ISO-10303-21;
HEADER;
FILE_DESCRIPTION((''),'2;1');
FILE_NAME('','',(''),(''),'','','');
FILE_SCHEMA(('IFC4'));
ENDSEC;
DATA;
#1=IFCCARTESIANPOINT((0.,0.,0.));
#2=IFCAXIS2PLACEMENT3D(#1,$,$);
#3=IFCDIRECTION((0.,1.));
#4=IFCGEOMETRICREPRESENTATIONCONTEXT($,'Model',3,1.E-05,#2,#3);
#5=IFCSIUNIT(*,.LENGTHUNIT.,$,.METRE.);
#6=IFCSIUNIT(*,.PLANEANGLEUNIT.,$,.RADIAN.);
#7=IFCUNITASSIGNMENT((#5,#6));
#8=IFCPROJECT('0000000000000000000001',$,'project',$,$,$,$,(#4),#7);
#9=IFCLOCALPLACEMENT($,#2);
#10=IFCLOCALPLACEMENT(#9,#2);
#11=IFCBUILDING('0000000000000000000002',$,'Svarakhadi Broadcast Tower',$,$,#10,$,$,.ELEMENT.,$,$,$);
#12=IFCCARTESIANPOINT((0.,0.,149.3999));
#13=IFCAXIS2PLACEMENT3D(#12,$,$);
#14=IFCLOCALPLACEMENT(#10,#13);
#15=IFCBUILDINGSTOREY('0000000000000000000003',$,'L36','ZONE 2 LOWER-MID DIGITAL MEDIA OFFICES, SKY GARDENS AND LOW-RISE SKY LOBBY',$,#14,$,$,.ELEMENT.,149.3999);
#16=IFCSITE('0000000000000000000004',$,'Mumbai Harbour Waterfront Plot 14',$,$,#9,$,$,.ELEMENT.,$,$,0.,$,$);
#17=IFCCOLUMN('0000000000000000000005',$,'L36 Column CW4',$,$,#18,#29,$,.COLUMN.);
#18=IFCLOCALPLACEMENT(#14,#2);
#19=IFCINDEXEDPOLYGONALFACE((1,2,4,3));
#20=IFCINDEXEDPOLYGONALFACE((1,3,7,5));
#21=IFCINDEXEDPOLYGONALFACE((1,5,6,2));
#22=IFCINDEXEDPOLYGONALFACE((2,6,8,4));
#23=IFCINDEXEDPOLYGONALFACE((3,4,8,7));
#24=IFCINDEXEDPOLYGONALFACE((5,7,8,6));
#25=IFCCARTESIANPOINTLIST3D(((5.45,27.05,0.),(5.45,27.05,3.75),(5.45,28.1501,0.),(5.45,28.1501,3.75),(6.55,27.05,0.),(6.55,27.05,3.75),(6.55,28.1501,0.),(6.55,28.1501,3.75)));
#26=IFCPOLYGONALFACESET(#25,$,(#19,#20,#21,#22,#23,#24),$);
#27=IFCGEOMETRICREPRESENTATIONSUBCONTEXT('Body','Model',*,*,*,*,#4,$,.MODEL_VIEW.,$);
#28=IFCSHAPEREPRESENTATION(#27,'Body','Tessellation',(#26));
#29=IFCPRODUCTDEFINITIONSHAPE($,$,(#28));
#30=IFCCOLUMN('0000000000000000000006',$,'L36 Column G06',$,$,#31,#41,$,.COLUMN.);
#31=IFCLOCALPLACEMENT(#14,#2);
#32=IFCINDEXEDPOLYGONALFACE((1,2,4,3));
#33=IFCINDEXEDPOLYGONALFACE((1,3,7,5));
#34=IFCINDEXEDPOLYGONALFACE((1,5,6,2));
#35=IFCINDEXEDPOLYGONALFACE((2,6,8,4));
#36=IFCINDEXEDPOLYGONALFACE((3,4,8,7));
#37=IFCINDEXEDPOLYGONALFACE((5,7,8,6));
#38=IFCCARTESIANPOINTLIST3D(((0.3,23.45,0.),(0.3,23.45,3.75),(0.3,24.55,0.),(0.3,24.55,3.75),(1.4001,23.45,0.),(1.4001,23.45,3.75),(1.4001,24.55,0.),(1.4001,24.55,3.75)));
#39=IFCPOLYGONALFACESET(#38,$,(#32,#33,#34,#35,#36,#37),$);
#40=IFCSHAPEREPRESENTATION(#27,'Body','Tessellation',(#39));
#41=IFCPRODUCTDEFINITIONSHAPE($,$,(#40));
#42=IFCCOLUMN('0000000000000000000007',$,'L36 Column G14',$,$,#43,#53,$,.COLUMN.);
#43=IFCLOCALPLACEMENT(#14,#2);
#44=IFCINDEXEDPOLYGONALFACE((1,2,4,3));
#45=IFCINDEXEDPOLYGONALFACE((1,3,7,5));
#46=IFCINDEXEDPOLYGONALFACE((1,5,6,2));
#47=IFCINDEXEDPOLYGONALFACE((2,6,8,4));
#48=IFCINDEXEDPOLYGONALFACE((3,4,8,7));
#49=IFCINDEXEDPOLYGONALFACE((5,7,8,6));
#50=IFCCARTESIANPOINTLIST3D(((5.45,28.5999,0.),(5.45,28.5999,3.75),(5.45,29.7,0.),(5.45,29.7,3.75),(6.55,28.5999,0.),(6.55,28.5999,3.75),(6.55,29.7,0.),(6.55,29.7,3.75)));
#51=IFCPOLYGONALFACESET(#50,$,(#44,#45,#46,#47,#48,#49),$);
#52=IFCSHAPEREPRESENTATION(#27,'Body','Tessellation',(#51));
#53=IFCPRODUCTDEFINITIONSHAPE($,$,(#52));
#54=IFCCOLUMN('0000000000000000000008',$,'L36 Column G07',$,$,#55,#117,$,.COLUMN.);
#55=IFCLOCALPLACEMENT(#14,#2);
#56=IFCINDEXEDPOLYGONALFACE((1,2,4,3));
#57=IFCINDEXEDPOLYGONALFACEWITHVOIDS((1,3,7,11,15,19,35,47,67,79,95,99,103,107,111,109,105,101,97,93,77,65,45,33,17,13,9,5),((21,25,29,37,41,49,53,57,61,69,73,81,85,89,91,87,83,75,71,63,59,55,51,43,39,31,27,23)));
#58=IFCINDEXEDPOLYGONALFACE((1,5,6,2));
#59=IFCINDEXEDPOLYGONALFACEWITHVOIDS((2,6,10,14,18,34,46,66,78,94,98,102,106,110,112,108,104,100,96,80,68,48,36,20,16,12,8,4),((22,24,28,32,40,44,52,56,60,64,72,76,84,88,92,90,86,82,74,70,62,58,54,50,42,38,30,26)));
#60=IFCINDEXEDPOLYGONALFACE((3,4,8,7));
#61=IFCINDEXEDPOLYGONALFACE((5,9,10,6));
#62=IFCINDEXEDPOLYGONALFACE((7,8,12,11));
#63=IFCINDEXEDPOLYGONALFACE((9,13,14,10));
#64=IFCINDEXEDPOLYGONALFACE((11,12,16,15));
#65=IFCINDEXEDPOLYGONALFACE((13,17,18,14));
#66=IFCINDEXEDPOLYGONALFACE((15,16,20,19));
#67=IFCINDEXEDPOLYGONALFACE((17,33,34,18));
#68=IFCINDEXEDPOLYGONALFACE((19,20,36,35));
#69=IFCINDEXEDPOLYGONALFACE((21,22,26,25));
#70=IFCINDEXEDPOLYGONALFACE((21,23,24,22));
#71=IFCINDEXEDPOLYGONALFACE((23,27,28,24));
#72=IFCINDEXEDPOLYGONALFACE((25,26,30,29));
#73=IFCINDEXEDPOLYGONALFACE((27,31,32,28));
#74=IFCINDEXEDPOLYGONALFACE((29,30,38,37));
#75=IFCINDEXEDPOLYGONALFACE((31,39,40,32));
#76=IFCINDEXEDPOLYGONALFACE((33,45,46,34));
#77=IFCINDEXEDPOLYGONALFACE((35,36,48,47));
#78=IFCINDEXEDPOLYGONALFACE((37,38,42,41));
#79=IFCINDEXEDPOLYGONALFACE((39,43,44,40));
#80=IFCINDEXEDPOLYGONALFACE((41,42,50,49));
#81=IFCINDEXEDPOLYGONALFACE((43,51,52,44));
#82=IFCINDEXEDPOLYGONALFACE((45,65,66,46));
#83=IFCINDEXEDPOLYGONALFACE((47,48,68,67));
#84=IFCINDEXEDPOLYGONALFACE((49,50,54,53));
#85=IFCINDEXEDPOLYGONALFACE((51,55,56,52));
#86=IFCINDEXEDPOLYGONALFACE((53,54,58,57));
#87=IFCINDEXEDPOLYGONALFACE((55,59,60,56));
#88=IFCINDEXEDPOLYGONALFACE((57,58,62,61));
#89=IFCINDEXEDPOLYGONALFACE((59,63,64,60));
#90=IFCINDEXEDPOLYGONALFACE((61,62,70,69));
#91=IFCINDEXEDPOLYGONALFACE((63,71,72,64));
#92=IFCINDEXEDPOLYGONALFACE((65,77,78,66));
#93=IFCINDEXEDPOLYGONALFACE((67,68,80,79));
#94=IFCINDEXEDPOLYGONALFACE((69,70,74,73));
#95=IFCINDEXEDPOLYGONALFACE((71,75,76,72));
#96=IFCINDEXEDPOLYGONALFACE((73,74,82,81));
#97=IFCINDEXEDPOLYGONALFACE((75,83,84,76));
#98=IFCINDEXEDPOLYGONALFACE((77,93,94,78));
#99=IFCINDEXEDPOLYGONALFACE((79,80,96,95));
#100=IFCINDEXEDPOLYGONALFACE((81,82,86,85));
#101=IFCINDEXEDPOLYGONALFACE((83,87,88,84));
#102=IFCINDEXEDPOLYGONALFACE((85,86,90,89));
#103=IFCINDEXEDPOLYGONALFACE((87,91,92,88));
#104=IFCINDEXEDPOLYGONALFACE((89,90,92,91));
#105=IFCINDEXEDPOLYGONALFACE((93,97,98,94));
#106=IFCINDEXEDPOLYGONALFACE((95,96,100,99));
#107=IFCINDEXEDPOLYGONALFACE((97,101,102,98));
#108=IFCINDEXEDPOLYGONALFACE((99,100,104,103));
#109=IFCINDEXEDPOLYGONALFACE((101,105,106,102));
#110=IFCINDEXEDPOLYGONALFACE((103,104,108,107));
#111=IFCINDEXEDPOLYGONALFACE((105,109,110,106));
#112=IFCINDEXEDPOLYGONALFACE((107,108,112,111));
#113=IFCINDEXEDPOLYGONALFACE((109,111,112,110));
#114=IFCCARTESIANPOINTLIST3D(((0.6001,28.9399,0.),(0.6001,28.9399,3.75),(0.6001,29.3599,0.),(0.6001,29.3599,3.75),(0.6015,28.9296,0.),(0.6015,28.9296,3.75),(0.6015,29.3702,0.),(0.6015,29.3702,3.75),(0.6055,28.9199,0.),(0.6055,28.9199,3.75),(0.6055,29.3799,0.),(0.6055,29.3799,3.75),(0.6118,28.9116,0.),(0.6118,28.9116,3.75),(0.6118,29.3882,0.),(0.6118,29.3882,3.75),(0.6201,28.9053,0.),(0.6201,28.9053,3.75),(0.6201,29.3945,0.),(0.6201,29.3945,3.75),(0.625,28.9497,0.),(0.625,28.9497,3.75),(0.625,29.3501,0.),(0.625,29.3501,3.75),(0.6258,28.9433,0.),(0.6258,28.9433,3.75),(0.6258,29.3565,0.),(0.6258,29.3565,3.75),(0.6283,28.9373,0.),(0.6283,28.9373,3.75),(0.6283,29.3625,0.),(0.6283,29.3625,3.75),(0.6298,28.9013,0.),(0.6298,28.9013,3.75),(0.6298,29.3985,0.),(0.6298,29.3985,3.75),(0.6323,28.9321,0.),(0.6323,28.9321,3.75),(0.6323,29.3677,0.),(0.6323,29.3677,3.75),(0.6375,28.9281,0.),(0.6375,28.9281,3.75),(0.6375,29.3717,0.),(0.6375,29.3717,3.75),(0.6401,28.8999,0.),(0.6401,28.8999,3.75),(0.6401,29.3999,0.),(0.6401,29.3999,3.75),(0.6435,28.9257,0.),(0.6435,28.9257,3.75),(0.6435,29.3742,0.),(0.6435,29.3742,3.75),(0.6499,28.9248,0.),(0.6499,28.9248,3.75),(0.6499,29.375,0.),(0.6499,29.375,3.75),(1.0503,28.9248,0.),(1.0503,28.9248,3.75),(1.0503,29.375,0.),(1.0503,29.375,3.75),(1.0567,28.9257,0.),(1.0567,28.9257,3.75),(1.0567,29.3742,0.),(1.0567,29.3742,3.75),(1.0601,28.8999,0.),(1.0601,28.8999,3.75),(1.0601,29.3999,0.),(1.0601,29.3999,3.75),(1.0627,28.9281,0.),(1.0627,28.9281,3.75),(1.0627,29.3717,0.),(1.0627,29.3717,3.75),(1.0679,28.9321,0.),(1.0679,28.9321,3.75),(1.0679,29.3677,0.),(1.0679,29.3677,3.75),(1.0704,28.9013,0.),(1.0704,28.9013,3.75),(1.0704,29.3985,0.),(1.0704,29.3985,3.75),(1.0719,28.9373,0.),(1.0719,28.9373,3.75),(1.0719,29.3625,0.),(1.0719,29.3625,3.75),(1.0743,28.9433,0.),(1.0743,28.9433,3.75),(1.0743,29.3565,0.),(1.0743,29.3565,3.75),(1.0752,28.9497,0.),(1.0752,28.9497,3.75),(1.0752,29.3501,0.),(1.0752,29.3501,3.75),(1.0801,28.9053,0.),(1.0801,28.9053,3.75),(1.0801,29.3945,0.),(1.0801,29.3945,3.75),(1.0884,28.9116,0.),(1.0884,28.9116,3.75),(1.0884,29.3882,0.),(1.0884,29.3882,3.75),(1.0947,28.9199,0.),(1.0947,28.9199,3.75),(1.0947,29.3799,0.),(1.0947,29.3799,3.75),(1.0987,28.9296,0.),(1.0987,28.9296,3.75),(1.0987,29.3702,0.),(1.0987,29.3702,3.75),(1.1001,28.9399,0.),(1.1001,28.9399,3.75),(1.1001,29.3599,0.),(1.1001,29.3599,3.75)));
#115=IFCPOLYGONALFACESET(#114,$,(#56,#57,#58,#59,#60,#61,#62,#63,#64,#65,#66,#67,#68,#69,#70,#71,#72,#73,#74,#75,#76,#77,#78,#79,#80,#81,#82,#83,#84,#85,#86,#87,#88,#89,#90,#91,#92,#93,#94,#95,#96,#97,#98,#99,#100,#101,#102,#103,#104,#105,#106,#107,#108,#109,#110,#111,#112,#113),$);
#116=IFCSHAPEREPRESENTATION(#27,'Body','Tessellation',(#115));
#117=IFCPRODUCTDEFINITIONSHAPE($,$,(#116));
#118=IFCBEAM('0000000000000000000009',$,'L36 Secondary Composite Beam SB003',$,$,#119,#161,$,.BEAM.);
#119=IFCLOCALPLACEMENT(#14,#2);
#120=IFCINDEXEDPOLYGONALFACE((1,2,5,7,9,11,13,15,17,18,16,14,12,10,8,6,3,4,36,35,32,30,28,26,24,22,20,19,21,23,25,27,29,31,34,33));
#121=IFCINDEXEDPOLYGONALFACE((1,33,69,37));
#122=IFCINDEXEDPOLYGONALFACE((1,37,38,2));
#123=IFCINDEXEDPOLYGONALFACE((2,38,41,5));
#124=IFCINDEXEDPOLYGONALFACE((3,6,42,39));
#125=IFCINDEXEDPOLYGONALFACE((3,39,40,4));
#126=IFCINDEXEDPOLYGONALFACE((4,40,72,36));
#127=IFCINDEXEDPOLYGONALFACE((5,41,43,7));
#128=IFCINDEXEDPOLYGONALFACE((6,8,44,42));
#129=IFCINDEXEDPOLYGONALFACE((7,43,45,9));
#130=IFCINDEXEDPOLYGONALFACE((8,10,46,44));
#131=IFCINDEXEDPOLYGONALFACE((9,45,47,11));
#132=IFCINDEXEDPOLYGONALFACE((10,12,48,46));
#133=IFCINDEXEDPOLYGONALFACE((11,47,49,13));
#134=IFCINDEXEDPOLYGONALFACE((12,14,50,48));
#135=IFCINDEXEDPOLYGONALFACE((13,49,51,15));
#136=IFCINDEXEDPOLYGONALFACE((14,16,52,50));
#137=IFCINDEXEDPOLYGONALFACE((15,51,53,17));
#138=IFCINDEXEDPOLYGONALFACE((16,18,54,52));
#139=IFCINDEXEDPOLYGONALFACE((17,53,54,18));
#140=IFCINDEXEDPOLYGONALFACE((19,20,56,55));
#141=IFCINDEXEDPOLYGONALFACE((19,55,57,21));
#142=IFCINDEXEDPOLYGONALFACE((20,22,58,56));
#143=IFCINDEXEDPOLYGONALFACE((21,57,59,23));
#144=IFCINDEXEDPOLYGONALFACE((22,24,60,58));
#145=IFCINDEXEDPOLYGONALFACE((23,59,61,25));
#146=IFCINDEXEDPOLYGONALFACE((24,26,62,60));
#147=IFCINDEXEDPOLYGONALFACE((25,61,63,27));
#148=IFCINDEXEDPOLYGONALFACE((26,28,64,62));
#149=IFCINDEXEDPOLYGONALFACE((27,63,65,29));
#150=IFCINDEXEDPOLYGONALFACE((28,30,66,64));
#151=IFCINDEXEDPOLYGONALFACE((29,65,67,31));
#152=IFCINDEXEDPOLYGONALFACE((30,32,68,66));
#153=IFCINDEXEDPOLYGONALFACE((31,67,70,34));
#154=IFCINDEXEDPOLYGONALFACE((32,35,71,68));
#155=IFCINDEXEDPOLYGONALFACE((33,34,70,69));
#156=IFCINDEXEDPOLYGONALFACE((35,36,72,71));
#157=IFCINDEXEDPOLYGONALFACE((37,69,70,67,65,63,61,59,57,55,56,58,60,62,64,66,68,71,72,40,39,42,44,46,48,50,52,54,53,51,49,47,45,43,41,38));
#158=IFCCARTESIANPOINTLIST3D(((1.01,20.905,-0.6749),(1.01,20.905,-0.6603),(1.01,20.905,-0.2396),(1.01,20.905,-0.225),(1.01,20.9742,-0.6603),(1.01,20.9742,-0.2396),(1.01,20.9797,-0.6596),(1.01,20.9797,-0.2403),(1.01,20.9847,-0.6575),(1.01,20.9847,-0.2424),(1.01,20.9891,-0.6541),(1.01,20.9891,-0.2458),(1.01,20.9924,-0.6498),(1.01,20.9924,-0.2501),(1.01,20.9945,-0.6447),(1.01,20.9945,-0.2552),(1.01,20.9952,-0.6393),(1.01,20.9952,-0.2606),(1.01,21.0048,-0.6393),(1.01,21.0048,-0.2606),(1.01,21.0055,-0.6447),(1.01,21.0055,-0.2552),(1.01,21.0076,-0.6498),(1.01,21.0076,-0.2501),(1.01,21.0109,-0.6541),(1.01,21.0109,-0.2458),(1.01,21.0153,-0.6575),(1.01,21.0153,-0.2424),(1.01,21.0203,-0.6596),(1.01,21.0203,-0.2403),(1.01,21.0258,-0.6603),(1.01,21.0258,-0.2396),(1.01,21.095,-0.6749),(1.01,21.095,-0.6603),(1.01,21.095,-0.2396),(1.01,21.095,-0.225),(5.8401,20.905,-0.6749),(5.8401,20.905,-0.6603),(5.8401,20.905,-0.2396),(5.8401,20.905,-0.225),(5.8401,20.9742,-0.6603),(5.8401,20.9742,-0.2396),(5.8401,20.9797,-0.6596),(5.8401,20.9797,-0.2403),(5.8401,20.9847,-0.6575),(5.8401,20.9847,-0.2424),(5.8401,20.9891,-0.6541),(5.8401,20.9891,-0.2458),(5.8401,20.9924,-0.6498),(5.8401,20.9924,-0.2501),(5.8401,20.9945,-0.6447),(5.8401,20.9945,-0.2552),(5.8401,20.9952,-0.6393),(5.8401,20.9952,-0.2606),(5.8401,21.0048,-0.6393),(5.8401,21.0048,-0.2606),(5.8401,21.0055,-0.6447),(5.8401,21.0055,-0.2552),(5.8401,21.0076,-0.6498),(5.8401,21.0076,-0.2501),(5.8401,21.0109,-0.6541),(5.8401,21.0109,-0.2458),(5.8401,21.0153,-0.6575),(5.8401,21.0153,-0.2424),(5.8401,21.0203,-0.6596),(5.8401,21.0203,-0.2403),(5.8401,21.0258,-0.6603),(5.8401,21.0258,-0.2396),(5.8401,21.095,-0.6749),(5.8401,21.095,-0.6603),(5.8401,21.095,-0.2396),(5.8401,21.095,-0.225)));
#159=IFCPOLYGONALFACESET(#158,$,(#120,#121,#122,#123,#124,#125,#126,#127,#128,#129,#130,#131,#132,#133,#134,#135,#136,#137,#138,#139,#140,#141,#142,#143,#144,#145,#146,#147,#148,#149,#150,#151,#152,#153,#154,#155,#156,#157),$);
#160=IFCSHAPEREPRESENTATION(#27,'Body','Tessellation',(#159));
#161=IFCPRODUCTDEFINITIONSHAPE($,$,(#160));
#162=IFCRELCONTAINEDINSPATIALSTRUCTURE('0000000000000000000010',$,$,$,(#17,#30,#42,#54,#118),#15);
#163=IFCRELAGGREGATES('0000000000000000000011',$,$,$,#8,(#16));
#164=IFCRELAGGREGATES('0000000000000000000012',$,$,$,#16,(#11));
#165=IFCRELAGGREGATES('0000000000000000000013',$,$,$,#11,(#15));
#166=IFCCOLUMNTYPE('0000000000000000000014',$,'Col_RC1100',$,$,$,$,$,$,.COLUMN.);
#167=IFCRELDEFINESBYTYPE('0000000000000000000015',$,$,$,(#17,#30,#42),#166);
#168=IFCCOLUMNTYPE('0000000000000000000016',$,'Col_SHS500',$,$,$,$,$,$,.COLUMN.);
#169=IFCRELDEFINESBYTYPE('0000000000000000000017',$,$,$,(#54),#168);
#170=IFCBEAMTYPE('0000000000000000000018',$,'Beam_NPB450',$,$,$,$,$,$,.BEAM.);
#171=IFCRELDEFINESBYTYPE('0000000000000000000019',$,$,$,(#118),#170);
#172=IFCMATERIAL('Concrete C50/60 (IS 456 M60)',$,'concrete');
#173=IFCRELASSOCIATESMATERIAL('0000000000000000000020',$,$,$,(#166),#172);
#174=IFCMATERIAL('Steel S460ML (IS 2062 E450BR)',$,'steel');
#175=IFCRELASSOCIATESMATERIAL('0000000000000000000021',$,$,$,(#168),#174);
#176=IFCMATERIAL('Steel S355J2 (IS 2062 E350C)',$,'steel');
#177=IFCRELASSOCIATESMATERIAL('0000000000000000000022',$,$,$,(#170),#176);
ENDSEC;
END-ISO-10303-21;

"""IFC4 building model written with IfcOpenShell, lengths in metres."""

from ifc_helpers import new_model, si_unit, direction, frame, origin, origin_2d, place, context, subcontext, project, spatial, rectangle, hollow_rectangle, i_section, extrude, material, material_profile, profile_set, type_object, element, save


model = new_model("IFC4")

# Units and contexts
model_context = context("Model", 3, precision=1e-05, world=origin(), true_north=direction((0.0, 1.0)))
body_context = subcontext(model_context, "Body", "Model", "MODEL_VIEW")
ifc_project = project(units=[si_unit("LENGTHUNIT", "METRE"), si_unit("PLANEANGLEUNIT", "RADIAN")], contexts=[model_context])

# Site, building, storey
site_placement = place(None, origin())
site = spatial("IfcSite", under=ifc_project, at=site_placement, Name="Mumbai Harbour Waterfront Plot 14", CompositionType="ELEMENT", RefElevation=0.0)
building_placement = place(site_placement, origin())
building = spatial("IfcBuilding", under=site, at=building_placement, Name="Svarakhadi Broadcast Tower", CompositionType="ELEMENT")
storey_placement = place(building_placement, frame((0.0, 0.0, 149.3999)))
storey = spatial("IfcBuildingStorey", under=building, at=storey_placement, Name="L36", Description="ZONE 2 LOWER-MID DIGITAL MEDIA OFFICES, SKY GARDENS AND LOW-RISE SKY LOBBY", CompositionType="ELEMENT", Elevation=149.3999)

# Columns
ifc_material_1 = material(Name="Concrete C50/60 (IS 456 M60)", Category="concrete")
ifc_material_profile_1 = material_profile(ifc_material_1, rectangle(XDim=1.1001, YDim=1.1001, at=origin_2d()), Name="RC 1100x1100")
ifc_profile_set_1 = profile_set([ifc_material_profile_1], Name="Concrete C50/60 (IS 456 M60)")
column_type_1 = type_object("IfcColumnType", Name="Col_RC1100", PredefinedType="COLUMN", material=ifc_profile_set_1)
for number, where, z_axis, x_axis, name in (
    (1, (6.0, 27.6001, 0.0), (0.0, 0.0, 1.0), (1.0, 0.0, 0.0), "L36 Column CW4"),
    (2, (0.8501, 24.0, 0.0), (0.0, 0.0, 1.0), (1.0, 0.0, 0.0), "L36 Column G06"),
    (3, (6.0, 29.1499, 0.0), (0.0, 0.0, 1.0), (1.0, 0.0, 0.0), "L36 Column G14"),
):
    element("IfcColumn", number, at=place(storey_placement, frame(where, z_axis=z_axis, x_axis=x_axis)), inside=storey, type_object=column_type_1, Name=name, PredefinedType="COLUMN", context=body_context, shape_type="SweptSolid", body=[
        extrude(rectangle(XDim=1.1001, YDim=1.1001, at=origin_2d()), origin(), (0.0, 0.0, 1.0), 3.75),
    ])
ifc_material_2 = material(Name="Steel S460ML (IS 2062 E450BR)", Category="steel")
ifc_material_profile_2 = material_profile(ifc_material_2, hollow_rectangle(XDim=0.5, YDim=0.5, WallThickness=0.0249, InnerFilletRadius=0.0249, OuterFilletRadius=0.04, at=origin_2d()), Name="SHS 500x500x25")
ifc_profile_set_2 = profile_set([ifc_material_profile_2], Name="Steel S460ML (IS 2062 E450BR)")
column_type_2 = type_object("IfcColumnType", Name="Col_SHS500", PredefinedType="COLUMN", material=ifc_profile_set_2)
column_placement = place(storey_placement, frame((0.8501, 29.1499, 0.0), z_axis=(0.0, 0.0, 1.0), x_axis=(1.0, 0.0, 0.0)))
element("IfcColumn", 4, at=column_placement, inside=storey, type_object=column_type_2, Name="L36 Column G07", PredefinedType="COLUMN", context=body_context, shape_type="SweptSolid", body=[
    extrude(hollow_rectangle(XDim=0.5, YDim=0.5, WallThickness=0.0249, InnerFilletRadius=0.0249, OuterFilletRadius=0.04, at=origin_2d()), origin(), (0.0, 0.0, 1.0), 3.75),
])

# Beam
ifc_material_3 = material(Name="Steel S355J2 (IS 2062 E350C)", Category="steel")
ifc_material_profile_3 = material_profile(ifc_material_3, i_section(OverallWidth=0.1899, OverallDepth=0.45, WebThickness=0.0095, FlangeThickness=0.0146, FilletRadius=0.021, at=origin_2d()), Name="NPB 450x190x78")
ifc_profile_set_3 = profile_set([ifc_material_profile_3], Name="Steel S355J2 (IS 2062 E350C)")
beam_type_1 = type_object("IfcBeamType", Name="Beam_NPB450", PredefinedType="BEAM", material=ifc_profile_set_3)
for number, where, z_axis, x_axis, name in (
    (5, (1.01, 21.0, -0.45), (1.0, 0.0, 0.0), (0.0, 1.0, 0.0), "L36 Secondary Composite Beam SB003"),
):
    element("IfcBeam", number, at=place(storey_placement, frame(where, z_axis=z_axis, x_axis=x_axis)), inside=storey, type_object=beam_type_1, Name=name, PredefinedType="BEAM", context=body_context, shape_type="SweptSolid", body=[
        extrude(i_section(OverallWidth=0.1899, OverallDepth=0.45, WebThickness=0.0095, FlangeThickness=0.0146, FilletRadius=0.021, at=origin_2d()), origin(), (0.0, 0.0, 1.0), 4.8301),
    ])

save(model, "model.ifc")
